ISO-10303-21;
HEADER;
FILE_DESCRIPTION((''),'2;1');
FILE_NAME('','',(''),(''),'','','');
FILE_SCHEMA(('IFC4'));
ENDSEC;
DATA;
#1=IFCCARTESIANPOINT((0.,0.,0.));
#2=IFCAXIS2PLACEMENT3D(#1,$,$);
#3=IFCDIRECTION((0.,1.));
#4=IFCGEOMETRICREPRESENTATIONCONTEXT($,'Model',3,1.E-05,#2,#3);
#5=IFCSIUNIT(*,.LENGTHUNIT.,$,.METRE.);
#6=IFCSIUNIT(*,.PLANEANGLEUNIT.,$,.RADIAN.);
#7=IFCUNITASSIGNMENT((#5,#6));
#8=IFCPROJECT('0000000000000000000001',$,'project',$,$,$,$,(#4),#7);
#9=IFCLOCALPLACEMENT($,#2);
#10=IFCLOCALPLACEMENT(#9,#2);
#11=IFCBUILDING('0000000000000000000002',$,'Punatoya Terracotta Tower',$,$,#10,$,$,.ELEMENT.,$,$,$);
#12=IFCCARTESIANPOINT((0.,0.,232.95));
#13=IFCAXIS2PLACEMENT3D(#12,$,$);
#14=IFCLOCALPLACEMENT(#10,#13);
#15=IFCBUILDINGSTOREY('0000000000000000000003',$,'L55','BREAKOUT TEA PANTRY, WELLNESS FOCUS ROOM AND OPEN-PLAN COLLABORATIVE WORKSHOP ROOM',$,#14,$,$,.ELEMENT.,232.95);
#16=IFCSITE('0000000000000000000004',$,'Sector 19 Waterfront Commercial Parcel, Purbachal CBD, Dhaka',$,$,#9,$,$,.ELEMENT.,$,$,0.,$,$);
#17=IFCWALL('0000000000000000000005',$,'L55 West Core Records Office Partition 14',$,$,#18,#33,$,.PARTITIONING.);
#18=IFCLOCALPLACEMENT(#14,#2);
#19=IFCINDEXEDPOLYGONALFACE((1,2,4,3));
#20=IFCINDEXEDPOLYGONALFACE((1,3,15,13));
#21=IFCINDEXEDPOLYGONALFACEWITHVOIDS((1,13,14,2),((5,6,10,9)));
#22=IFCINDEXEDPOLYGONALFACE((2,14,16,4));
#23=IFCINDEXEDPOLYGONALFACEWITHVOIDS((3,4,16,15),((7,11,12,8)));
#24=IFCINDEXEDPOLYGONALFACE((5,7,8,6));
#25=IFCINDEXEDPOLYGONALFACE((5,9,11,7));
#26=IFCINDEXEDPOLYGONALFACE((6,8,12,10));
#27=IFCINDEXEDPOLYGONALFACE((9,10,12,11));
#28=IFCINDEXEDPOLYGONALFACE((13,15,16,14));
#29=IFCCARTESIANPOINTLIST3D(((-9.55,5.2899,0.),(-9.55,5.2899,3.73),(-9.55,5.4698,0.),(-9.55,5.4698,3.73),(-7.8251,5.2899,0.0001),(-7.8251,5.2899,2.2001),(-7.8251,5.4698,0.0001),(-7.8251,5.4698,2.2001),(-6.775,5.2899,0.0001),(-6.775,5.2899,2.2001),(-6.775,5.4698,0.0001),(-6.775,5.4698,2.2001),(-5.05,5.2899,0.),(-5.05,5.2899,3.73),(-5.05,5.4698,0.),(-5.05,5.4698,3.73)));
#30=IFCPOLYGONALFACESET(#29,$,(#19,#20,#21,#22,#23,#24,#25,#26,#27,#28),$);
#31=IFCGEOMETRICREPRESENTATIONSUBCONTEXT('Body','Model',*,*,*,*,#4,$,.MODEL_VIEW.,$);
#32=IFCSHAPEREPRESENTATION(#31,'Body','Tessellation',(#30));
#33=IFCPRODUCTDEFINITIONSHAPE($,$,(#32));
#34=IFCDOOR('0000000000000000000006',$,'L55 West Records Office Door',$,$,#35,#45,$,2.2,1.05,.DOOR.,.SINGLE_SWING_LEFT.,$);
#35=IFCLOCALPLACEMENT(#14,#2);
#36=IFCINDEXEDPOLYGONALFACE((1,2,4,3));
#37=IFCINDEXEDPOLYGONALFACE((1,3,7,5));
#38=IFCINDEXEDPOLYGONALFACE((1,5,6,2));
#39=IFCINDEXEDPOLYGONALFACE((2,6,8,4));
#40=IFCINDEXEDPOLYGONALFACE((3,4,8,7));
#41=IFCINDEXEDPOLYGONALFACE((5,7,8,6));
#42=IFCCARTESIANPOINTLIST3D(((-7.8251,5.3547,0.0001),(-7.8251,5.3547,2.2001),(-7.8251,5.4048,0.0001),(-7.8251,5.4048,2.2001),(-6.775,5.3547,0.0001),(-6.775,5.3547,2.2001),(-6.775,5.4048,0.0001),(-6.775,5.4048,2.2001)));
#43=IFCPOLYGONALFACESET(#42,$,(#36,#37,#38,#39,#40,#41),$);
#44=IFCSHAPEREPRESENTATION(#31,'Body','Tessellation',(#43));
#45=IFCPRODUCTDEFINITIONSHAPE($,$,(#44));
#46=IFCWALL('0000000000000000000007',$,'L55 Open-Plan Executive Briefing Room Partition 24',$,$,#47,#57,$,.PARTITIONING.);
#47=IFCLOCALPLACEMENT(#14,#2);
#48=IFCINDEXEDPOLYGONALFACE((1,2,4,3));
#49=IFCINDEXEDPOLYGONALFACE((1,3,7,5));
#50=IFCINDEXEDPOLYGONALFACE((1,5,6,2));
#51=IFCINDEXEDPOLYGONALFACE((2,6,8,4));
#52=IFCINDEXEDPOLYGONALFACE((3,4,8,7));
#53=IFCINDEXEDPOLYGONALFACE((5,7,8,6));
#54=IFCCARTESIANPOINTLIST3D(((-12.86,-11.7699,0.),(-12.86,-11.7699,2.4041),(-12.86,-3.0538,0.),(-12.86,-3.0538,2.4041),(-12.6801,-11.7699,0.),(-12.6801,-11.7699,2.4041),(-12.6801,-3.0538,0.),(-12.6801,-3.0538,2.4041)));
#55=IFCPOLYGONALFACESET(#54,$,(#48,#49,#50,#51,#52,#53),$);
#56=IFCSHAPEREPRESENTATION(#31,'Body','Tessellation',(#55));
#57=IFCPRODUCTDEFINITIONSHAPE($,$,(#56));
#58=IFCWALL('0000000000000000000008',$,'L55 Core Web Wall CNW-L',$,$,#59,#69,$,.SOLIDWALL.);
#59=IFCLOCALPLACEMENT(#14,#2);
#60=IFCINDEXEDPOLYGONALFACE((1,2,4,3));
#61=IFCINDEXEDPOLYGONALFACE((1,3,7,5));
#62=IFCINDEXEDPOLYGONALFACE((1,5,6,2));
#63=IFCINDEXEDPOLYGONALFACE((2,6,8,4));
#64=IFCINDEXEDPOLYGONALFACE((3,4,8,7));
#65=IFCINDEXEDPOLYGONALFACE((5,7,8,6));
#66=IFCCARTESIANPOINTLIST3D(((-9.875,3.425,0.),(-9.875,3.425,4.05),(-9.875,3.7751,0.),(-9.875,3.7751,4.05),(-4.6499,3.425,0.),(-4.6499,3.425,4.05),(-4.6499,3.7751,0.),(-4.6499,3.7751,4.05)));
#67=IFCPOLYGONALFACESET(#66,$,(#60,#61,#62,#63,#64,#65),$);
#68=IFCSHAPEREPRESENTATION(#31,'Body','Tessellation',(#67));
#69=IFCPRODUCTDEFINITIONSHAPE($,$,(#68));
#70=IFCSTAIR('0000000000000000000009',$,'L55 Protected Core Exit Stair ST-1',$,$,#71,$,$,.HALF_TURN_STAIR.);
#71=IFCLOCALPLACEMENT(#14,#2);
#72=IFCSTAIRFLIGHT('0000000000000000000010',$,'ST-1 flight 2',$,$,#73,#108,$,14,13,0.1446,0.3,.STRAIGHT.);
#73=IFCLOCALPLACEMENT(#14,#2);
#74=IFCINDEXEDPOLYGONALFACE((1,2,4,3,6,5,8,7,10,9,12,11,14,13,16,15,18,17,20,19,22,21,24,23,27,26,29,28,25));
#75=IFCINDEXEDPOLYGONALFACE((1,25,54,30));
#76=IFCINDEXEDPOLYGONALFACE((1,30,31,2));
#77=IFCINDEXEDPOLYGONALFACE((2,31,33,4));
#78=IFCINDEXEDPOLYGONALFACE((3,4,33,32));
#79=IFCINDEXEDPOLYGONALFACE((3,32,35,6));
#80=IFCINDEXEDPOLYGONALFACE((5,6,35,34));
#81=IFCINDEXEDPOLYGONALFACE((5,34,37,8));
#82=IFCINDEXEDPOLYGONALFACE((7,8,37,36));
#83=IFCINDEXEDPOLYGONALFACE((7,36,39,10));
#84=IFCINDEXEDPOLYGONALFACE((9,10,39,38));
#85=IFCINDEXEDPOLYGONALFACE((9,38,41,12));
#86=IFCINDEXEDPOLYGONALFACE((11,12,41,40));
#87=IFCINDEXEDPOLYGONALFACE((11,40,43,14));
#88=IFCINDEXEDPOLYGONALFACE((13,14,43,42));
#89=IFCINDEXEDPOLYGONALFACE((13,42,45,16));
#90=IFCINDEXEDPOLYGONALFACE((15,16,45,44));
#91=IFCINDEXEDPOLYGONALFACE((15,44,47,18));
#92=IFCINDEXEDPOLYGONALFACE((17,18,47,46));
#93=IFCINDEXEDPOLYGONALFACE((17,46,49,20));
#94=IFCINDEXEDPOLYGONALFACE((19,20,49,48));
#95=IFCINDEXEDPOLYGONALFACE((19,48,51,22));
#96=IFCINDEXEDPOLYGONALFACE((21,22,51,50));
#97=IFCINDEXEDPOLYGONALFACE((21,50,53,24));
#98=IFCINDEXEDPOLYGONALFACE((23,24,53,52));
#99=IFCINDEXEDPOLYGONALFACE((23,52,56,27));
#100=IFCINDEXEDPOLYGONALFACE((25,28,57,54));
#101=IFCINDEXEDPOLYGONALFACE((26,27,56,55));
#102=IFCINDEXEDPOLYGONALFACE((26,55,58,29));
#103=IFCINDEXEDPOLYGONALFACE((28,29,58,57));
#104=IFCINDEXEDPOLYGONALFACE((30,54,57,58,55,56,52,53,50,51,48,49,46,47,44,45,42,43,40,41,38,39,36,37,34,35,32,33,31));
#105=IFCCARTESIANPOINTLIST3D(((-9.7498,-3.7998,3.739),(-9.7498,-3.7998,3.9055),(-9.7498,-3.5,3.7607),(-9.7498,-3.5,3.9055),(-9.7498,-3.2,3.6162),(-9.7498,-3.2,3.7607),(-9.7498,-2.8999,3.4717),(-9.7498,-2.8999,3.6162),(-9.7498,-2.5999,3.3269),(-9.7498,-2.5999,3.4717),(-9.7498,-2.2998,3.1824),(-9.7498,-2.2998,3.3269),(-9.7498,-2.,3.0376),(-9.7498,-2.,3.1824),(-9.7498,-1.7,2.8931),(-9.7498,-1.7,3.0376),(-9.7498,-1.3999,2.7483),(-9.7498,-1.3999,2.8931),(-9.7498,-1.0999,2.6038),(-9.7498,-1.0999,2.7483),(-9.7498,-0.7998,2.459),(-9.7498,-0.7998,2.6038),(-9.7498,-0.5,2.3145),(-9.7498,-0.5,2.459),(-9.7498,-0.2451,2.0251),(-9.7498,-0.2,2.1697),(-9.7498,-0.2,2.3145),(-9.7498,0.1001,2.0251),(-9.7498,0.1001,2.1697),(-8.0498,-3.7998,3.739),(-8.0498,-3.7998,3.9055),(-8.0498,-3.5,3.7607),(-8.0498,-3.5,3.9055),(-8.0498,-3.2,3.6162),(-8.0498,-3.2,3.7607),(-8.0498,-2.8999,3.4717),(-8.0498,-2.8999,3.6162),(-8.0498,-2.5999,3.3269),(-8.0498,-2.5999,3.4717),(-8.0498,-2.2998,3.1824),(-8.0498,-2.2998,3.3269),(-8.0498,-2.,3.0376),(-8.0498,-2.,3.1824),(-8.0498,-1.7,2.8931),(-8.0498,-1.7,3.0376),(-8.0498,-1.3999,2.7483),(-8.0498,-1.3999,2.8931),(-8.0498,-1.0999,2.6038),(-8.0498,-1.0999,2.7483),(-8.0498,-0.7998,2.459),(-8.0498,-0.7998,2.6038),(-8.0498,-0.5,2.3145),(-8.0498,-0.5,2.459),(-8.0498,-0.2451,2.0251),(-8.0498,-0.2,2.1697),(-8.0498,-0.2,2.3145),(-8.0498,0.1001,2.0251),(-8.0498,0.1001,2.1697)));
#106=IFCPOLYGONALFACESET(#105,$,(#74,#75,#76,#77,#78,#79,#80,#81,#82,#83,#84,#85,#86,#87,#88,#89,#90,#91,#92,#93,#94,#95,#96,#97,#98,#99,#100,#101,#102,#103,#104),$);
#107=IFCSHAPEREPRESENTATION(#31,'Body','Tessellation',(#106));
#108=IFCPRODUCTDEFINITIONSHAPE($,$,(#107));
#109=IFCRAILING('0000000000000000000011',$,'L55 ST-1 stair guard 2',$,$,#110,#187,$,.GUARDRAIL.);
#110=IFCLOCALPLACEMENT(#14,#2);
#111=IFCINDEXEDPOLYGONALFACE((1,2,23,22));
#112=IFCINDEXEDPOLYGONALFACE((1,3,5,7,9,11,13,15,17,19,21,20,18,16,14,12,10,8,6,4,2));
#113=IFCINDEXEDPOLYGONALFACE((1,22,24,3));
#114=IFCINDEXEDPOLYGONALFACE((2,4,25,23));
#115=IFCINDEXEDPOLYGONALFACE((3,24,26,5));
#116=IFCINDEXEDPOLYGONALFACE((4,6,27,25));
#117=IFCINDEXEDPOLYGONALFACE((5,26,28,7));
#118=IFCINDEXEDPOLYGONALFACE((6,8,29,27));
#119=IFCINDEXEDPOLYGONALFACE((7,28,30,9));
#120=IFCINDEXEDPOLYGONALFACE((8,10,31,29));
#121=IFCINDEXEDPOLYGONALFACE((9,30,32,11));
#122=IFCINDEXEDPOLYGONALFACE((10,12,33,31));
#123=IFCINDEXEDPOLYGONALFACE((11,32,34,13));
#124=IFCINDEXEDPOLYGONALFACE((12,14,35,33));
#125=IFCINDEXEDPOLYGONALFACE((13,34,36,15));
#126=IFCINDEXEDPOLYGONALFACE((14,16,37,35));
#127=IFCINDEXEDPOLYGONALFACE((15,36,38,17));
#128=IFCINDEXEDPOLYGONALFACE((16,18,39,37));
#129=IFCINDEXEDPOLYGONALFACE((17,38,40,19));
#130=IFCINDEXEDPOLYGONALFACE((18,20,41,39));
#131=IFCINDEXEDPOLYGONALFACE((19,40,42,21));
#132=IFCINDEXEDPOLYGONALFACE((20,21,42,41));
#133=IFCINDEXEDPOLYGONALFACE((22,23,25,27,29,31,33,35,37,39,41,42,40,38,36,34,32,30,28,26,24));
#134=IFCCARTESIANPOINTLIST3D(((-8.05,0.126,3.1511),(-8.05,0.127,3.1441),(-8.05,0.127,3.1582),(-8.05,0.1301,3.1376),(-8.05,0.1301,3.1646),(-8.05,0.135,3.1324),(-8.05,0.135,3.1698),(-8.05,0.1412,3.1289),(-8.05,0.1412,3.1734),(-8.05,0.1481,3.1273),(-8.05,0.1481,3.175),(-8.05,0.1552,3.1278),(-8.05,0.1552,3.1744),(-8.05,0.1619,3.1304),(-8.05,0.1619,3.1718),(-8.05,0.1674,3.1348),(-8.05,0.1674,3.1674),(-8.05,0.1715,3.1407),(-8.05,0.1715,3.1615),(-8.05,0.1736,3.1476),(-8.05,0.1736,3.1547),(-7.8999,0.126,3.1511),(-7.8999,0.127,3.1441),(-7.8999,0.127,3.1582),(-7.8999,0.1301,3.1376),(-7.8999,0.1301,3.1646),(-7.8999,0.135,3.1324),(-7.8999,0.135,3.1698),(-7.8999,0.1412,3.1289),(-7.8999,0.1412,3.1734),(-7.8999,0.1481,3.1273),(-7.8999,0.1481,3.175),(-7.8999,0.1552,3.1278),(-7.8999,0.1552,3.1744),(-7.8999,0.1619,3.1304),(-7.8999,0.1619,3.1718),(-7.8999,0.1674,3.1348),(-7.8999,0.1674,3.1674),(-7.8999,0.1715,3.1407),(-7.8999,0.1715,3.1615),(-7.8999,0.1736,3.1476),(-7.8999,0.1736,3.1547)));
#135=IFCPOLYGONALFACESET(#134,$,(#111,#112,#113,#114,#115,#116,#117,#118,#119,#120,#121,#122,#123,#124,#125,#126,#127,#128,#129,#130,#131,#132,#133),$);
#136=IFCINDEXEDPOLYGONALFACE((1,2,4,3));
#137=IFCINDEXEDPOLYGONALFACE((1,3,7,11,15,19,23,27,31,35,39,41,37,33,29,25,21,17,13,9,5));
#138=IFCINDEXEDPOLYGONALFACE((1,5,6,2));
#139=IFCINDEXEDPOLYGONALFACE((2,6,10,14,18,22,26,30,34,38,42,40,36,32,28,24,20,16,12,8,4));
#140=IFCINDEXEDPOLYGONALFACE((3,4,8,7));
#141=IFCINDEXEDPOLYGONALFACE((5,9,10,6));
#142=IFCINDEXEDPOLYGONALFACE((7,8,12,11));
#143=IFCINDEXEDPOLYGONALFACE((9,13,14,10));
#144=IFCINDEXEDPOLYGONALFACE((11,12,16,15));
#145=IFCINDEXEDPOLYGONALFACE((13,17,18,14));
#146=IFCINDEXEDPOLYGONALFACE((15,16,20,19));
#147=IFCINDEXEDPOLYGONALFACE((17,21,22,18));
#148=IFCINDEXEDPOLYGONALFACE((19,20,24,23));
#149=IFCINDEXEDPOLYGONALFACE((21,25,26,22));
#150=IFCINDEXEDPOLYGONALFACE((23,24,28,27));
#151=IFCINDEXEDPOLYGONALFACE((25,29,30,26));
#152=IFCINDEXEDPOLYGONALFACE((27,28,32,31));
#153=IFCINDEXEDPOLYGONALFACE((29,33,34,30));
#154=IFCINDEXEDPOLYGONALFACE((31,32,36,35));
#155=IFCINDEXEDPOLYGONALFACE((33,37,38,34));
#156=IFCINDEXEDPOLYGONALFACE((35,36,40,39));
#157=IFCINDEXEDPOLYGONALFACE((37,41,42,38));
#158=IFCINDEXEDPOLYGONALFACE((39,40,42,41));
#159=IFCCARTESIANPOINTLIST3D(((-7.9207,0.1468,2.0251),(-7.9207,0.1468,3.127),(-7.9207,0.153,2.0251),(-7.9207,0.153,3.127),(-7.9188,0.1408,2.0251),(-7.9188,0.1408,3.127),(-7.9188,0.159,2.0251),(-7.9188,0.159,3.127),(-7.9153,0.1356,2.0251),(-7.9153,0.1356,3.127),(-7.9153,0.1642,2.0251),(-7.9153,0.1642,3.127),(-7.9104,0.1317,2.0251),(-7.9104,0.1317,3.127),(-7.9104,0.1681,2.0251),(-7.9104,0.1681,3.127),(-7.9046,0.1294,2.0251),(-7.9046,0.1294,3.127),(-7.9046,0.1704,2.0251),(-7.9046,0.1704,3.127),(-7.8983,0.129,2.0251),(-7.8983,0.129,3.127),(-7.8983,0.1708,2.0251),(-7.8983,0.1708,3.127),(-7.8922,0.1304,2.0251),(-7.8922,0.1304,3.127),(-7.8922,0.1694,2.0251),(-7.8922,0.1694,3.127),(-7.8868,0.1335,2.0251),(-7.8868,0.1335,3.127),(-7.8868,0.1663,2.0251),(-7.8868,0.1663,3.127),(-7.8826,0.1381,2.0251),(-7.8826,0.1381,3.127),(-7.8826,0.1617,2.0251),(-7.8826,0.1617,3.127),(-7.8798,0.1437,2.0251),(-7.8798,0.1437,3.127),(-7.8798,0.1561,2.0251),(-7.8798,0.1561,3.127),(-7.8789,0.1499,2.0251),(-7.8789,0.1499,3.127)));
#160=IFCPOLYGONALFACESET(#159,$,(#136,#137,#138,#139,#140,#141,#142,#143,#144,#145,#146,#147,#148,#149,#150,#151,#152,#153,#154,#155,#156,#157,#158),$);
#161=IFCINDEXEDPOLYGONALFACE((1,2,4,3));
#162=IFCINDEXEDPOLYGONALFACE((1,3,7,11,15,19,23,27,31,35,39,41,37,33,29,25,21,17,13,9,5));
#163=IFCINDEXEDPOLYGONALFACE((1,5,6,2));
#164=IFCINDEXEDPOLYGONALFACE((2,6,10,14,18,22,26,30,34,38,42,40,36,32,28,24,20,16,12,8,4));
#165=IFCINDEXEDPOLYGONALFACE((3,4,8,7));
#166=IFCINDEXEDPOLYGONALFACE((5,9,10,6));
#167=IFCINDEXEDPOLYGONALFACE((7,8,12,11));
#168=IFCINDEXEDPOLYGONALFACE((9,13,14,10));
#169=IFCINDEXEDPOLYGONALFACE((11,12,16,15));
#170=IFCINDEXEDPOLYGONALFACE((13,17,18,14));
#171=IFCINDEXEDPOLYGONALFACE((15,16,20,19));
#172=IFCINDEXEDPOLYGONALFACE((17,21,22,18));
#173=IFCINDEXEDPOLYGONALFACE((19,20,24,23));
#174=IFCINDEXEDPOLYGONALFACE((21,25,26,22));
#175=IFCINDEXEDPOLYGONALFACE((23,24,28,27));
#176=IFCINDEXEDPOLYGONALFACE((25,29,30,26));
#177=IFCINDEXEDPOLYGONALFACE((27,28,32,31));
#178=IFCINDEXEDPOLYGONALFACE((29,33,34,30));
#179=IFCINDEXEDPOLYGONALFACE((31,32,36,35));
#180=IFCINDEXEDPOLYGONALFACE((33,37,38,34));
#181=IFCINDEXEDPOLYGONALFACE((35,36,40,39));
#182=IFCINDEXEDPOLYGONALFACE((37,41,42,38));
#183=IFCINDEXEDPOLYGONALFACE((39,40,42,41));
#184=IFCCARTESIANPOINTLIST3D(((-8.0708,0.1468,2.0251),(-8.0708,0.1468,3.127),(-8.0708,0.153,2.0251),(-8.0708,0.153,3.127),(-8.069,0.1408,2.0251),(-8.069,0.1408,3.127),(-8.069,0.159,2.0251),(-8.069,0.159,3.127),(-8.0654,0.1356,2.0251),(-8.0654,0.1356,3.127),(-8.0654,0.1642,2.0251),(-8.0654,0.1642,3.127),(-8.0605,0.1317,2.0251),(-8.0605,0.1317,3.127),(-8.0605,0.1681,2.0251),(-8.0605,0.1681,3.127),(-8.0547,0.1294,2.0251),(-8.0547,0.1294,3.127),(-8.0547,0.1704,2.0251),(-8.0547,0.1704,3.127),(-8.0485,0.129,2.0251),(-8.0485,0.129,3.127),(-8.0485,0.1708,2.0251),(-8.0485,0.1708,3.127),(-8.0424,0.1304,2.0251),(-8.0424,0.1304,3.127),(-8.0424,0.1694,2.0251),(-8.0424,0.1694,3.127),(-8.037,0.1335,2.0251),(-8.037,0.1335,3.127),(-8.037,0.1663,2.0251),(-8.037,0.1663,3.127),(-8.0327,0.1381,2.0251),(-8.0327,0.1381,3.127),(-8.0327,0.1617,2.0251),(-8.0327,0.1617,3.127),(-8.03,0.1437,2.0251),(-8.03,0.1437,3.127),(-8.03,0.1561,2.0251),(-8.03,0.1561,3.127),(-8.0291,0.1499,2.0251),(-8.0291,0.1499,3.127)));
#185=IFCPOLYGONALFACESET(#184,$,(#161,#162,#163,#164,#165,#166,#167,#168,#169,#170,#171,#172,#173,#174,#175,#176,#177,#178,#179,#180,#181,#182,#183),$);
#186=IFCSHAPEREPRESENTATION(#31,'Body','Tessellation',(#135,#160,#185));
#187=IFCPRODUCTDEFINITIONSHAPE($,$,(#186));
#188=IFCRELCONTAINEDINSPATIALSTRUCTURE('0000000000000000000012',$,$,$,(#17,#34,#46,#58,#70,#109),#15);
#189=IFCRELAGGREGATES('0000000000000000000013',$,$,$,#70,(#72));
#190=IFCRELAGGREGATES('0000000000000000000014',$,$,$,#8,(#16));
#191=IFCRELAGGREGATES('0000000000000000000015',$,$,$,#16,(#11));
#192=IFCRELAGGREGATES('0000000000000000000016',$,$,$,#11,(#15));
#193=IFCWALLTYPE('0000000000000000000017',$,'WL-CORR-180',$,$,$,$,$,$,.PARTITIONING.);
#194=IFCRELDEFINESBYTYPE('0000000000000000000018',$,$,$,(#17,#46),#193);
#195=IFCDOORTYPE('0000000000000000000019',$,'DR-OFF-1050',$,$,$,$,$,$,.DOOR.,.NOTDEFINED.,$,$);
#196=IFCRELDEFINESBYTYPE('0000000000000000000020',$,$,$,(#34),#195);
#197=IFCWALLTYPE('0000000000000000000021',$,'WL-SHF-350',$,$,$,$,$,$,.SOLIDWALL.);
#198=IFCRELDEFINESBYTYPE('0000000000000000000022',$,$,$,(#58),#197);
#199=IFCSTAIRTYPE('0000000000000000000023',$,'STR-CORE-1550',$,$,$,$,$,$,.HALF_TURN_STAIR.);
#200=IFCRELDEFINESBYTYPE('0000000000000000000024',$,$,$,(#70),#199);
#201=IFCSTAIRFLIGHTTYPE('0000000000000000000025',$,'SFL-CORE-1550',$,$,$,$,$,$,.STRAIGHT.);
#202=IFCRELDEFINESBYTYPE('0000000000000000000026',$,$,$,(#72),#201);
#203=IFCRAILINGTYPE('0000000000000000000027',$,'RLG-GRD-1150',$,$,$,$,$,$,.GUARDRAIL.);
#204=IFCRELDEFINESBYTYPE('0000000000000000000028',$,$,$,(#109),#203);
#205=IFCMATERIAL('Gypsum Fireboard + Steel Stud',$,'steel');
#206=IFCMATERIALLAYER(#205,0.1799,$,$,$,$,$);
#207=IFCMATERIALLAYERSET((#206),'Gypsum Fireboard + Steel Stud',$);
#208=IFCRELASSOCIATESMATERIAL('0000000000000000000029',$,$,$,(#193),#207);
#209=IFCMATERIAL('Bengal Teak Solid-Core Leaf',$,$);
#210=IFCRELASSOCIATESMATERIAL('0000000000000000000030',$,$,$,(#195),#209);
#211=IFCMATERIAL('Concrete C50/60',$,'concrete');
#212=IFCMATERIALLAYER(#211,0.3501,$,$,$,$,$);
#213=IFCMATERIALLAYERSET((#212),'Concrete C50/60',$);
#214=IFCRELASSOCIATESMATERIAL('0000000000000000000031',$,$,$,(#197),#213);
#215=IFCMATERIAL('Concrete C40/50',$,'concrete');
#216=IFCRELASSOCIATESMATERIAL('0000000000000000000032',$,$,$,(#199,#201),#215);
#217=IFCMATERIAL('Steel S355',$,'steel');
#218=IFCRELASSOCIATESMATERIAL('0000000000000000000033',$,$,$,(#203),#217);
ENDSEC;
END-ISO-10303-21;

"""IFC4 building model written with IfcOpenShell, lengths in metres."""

from ifc_helpers import new_model, si_unit, direction, frame, frame_2d, origin, origin_2d, place, context, subcontext, project, spatial, polyline, rectangle, circle, outline, extrude, material, layer, layer_set, type_object, element, fill, aggregate, save


model = new_model("IFC4")

# Units and contexts
model_context = context("Model", 3, precision=1e-05, world=origin(), true_north=direction((0.0, 1.0)))
body_context = subcontext(model_context, "Body", "Model", "MODEL_VIEW")
ifc_project = project(units=[si_unit("LENGTHUNIT", "METRE"), si_unit("PLANEANGLEUNIT", "RADIAN")], contexts=[model_context])

# Site, building, storey
site_placement = place(None, origin())
site = spatial("IfcSite", under=ifc_project, at=site_placement, Name="Sector 19 Waterfront Commercial Parcel, Purbachal CBD, Dhaka", CompositionType="ELEMENT", RefElevation=0.0)
building_placement = place(site_placement, origin())
building = spatial("IfcBuilding", under=site, at=building_placement, Name="Punatoya Terracotta Tower", CompositionType="ELEMENT")
storey_placement = place(building_placement, frame((0.0, 0.0, 232.95)))
storey = spatial("IfcBuildingStorey", under=building, at=storey_placement, Name="L55", Description="BREAKOUT TEA PANTRY, WELLNESS FOCUS ROOM AND OPEN-PLAN COLLABORATIVE WORKSHOP ROOM", CompositionType="ELEMENT", Elevation=232.95)

# Shared definitions
ifc_material_1 = material(Name="Steel S355", Category="steel")

# Wall, opening, door
ifc_material_2 = material(Name="Gypsum Fireboard + Steel Stud", Category="steel")
ifc_layer_1 = layer(ifc_material_2, 0.1799)
ifc_layer_set_1 = layer_set([ifc_layer_1], Name="Gypsum Fireboard + Steel Stud")
wall_type_1 = type_object("IfcWallType", Name="WL-CORR-180", PredefinedType="PARTITIONING", material=ifc_layer_set_1)
wall_1_placement = place(storey_placement, frame((-9.55, 5.3799, 0.0), z_axis=(0.0, 0.0, 1.0), x_axis=(1.0, 0.0, 0.0)))
wall_1 = element("IfcWall", 1, at=wall_1_placement, inside=storey, type_object=wall_type_1, Name="L55 West Core Records Office Partition 14", PredefinedType="PARTITIONING", context=body_context, shape_type="SweptSolid", body=[
    extrude(rectangle(XDim=4.5, YDim=0.1799, at=frame_2d((2.25, 0.0))), origin(), (0.0, 0.0, 1.0), 3.73),
])
opening_placement = place(wall_1_placement, frame((1.7251, 0.0, 0.0)))
opening = element("IfcOpeningElement", 2, at=opening_placement, cuts=wall_1, PredefinedType="OPENING", context=body_context, shape_type="SweptSolid", body=[
    extrude(rectangle(XDim=1.05, YDim=2.2, at=frame_2d((0.5249, 1.1001))), frame((0.0, 0.0999, 0.0), z_axis=(0.0, -1.0, 0.0), x_axis=(1.0, 0.0, 0.0)), (0.0, 0.0, 1.0), 0.2),
])
ifc_material_3 = material(Name="Bengal Teak Solid-Core Leaf")
door_type = type_object("IfcDoorType", Name="DR-OFF-1050", OperationType="NOTDEFINED", PredefinedType="DOOR", material=ifc_material_3)
door_placement = place(opening_placement, origin())
door = element("IfcDoor", 3, at=door_placement, inside=storey, type_object=door_type, Name="L55 West Records Office Door", OperationType="SINGLE_SWING_LEFT", OverallHeight=2.2, OverallWidth=1.05, PredefinedType="DOOR", context=body_context, shape_type="SweptSolid", body=[
    extrude(rectangle(XDim=1.05, YDim=2.2, at=frame_2d((0.5249, 1.1001))), frame((0.0, 0.0249, 0.0), z_axis=(0.0, -1.0, 0.0), x_axis=(1.0, 0.0, 0.0)), (0.0, 0.0, 1.0), 0.05),
])
fill(opening, door)

# Walls
wall_2_placement = place(storey_placement, frame((-12.77, -3.054, 0.0), z_axis=(0.0, 0.0, 1.0), x_axis=(0.0, -1.0, 0.0)))
element("IfcWall", 4, at=wall_2_placement, inside=storey, type_object=wall_type_1, Name="L55 Open-Plan Executive Briefing Room Partition 24", PredefinedType="PARTITIONING", context=body_context, shape_type="SweptSolid", body=[
    extrude(rectangle(XDim=8.7161, YDim=0.1799, at=frame_2d((4.3579, 0.0))), origin(), (0.0, 0.0, 1.0), 2.4041),
])
ifc_material_4 = material(Name="Concrete C50/60", Category="concrete")
ifc_layer_2 = layer(ifc_material_4, 0.3501)
ifc_layer_set_2 = layer_set([ifc_layer_2], Name="Concrete C50/60")
wall_type_2 = type_object("IfcWallType", Name="WL-SHF-350", PredefinedType="SOLIDWALL", material=ifc_layer_set_2)
wall_3_placement = place(storey_placement, frame((-9.875, 3.6001, 0.0), z_axis=(0.0, 0.0, 1.0), x_axis=(1.0, 0.0, 0.0)))
element("IfcWall", 5, at=wall_3_placement, inside=storey, type_object=wall_type_2, Name="L55 Core Web Wall CNW-L", PredefinedType="SOLIDWALL", context=body_context, shape_type="SweptSolid", body=[
    extrude(rectangle(XDim=5.2251, YDim=0.3501, at=frame_2d((2.6125, 0.0))), origin(), (0.0, 0.0, 1.0), 4.05),
])

# Stair, stair flight
ifc_material_5 = material(Name="Concrete C40/50", Category="concrete")
stair_type = type_object("IfcStairType", Name="STR-CORE-1550", PredefinedType="HALF_TURN_STAIR", material=ifc_material_5)
stair_placement = place(storey_placement, origin())
stair = element("IfcStair", 6, at=stair_placement, inside=storey, type_object=stair_type, Name="L55 Protected Core Exit Stair ST-1", PredefinedType="HALF_TURN_STAIR")
stair_flight_type = type_object("IfcStairFlightType", Name="SFL-CORE-1550", PredefinedType="STRAIGHT", material=ifc_material_5)
stair_flight_placement = place(storey_placement, frame((-8.8999, 0.1001, 2.0251), z_axis=(0.0, 0.0, 1.0), x_axis=(0.0, -1.0, 0.0)))
stair_flight = element("IfcStairFlight", 7, at=stair_flight_placement, type_object=stair_flight_type, Name="ST-1 flight 2", NumberOfRisers=14, NumberOfTreads=13, PredefinedType="STRAIGHT", RiserHeight=0.1446, TreadLength=0.3, context=body_context, shape_type="SweptSolid", body=[
    extrude(outline(polyline([(0.0, 0.0), (0.0, 0.1445), (0.3, 0.1445), (0.3, 0.2893), (0.6001, 0.2893), (0.6001, 0.4338), (0.8999, 0.4338), (0.8999, 0.5786), (1.2, 0.5786), (1.2, 0.7231), (1.5, 0.7231), (1.5, 0.8679), (1.8, 0.8679), (1.8, 1.0125), (2.1001, 1.0125), (2.1001, 1.1572), (2.3999, 1.1572), (2.3999, 1.3018), (2.7, 1.3018), (2.7, 1.4465), (3.0, 1.4465), (3.0, 1.5911), (3.3, 1.5911), (3.3, 1.7356), (3.6001, 1.7356), (3.6001, 1.8804), (3.8999, 1.8804), (3.8999, 2.0249), (3.8999, 1.7139), (0.3452, 0.0), (0.0, 0.0)])), frame((0.0, 0.8501, 0.0), z_axis=(0.0, -1.0, 0.0), x_axis=(1.0, 0.0, 0.0)), (0.0, 0.0, 1.0), 1.7),
])
aggregate(stair, [stair_flight])

# Railing
railing_type_1 = type_object("IfcRailingType", Name="RLG-GRD-1150", PredefinedType="GUARDRAIL", material=ifc_material_1)
railing_1_placement = place(storey_placement, frame((-7.8999, 0.1499, 2.0251)))
element("IfcRailing", 8, at=railing_1_placement, inside=storey, type_object=railing_type_1, Name="L55 ST-1 stair guard 2", PredefinedType="GUARDRAIL", context=body_context, shape_type="SweptSolid", body=[
    extrude(circle(Radius=0.0239, at=origin_2d()), frame((0.0, 0.0, 1.126), z_axis=(-1.0, 0.0, 0.0), x_axis=(0.0, -1.0, 0.0)), (0.0, 0.0, 1.0), 0.1501),
    extrude(circle(Radius=0.021, at=origin_2d()), origin(), (0.0, 0.0, 1.0), 1.1018),
    extrude(circle(Radius=0.021, at=origin_2d()), frame((-0.1501, 0.0, 0.0)), (0.0, 0.0, 1.0), 1.1018),
])

save(model, "model.ifc")
